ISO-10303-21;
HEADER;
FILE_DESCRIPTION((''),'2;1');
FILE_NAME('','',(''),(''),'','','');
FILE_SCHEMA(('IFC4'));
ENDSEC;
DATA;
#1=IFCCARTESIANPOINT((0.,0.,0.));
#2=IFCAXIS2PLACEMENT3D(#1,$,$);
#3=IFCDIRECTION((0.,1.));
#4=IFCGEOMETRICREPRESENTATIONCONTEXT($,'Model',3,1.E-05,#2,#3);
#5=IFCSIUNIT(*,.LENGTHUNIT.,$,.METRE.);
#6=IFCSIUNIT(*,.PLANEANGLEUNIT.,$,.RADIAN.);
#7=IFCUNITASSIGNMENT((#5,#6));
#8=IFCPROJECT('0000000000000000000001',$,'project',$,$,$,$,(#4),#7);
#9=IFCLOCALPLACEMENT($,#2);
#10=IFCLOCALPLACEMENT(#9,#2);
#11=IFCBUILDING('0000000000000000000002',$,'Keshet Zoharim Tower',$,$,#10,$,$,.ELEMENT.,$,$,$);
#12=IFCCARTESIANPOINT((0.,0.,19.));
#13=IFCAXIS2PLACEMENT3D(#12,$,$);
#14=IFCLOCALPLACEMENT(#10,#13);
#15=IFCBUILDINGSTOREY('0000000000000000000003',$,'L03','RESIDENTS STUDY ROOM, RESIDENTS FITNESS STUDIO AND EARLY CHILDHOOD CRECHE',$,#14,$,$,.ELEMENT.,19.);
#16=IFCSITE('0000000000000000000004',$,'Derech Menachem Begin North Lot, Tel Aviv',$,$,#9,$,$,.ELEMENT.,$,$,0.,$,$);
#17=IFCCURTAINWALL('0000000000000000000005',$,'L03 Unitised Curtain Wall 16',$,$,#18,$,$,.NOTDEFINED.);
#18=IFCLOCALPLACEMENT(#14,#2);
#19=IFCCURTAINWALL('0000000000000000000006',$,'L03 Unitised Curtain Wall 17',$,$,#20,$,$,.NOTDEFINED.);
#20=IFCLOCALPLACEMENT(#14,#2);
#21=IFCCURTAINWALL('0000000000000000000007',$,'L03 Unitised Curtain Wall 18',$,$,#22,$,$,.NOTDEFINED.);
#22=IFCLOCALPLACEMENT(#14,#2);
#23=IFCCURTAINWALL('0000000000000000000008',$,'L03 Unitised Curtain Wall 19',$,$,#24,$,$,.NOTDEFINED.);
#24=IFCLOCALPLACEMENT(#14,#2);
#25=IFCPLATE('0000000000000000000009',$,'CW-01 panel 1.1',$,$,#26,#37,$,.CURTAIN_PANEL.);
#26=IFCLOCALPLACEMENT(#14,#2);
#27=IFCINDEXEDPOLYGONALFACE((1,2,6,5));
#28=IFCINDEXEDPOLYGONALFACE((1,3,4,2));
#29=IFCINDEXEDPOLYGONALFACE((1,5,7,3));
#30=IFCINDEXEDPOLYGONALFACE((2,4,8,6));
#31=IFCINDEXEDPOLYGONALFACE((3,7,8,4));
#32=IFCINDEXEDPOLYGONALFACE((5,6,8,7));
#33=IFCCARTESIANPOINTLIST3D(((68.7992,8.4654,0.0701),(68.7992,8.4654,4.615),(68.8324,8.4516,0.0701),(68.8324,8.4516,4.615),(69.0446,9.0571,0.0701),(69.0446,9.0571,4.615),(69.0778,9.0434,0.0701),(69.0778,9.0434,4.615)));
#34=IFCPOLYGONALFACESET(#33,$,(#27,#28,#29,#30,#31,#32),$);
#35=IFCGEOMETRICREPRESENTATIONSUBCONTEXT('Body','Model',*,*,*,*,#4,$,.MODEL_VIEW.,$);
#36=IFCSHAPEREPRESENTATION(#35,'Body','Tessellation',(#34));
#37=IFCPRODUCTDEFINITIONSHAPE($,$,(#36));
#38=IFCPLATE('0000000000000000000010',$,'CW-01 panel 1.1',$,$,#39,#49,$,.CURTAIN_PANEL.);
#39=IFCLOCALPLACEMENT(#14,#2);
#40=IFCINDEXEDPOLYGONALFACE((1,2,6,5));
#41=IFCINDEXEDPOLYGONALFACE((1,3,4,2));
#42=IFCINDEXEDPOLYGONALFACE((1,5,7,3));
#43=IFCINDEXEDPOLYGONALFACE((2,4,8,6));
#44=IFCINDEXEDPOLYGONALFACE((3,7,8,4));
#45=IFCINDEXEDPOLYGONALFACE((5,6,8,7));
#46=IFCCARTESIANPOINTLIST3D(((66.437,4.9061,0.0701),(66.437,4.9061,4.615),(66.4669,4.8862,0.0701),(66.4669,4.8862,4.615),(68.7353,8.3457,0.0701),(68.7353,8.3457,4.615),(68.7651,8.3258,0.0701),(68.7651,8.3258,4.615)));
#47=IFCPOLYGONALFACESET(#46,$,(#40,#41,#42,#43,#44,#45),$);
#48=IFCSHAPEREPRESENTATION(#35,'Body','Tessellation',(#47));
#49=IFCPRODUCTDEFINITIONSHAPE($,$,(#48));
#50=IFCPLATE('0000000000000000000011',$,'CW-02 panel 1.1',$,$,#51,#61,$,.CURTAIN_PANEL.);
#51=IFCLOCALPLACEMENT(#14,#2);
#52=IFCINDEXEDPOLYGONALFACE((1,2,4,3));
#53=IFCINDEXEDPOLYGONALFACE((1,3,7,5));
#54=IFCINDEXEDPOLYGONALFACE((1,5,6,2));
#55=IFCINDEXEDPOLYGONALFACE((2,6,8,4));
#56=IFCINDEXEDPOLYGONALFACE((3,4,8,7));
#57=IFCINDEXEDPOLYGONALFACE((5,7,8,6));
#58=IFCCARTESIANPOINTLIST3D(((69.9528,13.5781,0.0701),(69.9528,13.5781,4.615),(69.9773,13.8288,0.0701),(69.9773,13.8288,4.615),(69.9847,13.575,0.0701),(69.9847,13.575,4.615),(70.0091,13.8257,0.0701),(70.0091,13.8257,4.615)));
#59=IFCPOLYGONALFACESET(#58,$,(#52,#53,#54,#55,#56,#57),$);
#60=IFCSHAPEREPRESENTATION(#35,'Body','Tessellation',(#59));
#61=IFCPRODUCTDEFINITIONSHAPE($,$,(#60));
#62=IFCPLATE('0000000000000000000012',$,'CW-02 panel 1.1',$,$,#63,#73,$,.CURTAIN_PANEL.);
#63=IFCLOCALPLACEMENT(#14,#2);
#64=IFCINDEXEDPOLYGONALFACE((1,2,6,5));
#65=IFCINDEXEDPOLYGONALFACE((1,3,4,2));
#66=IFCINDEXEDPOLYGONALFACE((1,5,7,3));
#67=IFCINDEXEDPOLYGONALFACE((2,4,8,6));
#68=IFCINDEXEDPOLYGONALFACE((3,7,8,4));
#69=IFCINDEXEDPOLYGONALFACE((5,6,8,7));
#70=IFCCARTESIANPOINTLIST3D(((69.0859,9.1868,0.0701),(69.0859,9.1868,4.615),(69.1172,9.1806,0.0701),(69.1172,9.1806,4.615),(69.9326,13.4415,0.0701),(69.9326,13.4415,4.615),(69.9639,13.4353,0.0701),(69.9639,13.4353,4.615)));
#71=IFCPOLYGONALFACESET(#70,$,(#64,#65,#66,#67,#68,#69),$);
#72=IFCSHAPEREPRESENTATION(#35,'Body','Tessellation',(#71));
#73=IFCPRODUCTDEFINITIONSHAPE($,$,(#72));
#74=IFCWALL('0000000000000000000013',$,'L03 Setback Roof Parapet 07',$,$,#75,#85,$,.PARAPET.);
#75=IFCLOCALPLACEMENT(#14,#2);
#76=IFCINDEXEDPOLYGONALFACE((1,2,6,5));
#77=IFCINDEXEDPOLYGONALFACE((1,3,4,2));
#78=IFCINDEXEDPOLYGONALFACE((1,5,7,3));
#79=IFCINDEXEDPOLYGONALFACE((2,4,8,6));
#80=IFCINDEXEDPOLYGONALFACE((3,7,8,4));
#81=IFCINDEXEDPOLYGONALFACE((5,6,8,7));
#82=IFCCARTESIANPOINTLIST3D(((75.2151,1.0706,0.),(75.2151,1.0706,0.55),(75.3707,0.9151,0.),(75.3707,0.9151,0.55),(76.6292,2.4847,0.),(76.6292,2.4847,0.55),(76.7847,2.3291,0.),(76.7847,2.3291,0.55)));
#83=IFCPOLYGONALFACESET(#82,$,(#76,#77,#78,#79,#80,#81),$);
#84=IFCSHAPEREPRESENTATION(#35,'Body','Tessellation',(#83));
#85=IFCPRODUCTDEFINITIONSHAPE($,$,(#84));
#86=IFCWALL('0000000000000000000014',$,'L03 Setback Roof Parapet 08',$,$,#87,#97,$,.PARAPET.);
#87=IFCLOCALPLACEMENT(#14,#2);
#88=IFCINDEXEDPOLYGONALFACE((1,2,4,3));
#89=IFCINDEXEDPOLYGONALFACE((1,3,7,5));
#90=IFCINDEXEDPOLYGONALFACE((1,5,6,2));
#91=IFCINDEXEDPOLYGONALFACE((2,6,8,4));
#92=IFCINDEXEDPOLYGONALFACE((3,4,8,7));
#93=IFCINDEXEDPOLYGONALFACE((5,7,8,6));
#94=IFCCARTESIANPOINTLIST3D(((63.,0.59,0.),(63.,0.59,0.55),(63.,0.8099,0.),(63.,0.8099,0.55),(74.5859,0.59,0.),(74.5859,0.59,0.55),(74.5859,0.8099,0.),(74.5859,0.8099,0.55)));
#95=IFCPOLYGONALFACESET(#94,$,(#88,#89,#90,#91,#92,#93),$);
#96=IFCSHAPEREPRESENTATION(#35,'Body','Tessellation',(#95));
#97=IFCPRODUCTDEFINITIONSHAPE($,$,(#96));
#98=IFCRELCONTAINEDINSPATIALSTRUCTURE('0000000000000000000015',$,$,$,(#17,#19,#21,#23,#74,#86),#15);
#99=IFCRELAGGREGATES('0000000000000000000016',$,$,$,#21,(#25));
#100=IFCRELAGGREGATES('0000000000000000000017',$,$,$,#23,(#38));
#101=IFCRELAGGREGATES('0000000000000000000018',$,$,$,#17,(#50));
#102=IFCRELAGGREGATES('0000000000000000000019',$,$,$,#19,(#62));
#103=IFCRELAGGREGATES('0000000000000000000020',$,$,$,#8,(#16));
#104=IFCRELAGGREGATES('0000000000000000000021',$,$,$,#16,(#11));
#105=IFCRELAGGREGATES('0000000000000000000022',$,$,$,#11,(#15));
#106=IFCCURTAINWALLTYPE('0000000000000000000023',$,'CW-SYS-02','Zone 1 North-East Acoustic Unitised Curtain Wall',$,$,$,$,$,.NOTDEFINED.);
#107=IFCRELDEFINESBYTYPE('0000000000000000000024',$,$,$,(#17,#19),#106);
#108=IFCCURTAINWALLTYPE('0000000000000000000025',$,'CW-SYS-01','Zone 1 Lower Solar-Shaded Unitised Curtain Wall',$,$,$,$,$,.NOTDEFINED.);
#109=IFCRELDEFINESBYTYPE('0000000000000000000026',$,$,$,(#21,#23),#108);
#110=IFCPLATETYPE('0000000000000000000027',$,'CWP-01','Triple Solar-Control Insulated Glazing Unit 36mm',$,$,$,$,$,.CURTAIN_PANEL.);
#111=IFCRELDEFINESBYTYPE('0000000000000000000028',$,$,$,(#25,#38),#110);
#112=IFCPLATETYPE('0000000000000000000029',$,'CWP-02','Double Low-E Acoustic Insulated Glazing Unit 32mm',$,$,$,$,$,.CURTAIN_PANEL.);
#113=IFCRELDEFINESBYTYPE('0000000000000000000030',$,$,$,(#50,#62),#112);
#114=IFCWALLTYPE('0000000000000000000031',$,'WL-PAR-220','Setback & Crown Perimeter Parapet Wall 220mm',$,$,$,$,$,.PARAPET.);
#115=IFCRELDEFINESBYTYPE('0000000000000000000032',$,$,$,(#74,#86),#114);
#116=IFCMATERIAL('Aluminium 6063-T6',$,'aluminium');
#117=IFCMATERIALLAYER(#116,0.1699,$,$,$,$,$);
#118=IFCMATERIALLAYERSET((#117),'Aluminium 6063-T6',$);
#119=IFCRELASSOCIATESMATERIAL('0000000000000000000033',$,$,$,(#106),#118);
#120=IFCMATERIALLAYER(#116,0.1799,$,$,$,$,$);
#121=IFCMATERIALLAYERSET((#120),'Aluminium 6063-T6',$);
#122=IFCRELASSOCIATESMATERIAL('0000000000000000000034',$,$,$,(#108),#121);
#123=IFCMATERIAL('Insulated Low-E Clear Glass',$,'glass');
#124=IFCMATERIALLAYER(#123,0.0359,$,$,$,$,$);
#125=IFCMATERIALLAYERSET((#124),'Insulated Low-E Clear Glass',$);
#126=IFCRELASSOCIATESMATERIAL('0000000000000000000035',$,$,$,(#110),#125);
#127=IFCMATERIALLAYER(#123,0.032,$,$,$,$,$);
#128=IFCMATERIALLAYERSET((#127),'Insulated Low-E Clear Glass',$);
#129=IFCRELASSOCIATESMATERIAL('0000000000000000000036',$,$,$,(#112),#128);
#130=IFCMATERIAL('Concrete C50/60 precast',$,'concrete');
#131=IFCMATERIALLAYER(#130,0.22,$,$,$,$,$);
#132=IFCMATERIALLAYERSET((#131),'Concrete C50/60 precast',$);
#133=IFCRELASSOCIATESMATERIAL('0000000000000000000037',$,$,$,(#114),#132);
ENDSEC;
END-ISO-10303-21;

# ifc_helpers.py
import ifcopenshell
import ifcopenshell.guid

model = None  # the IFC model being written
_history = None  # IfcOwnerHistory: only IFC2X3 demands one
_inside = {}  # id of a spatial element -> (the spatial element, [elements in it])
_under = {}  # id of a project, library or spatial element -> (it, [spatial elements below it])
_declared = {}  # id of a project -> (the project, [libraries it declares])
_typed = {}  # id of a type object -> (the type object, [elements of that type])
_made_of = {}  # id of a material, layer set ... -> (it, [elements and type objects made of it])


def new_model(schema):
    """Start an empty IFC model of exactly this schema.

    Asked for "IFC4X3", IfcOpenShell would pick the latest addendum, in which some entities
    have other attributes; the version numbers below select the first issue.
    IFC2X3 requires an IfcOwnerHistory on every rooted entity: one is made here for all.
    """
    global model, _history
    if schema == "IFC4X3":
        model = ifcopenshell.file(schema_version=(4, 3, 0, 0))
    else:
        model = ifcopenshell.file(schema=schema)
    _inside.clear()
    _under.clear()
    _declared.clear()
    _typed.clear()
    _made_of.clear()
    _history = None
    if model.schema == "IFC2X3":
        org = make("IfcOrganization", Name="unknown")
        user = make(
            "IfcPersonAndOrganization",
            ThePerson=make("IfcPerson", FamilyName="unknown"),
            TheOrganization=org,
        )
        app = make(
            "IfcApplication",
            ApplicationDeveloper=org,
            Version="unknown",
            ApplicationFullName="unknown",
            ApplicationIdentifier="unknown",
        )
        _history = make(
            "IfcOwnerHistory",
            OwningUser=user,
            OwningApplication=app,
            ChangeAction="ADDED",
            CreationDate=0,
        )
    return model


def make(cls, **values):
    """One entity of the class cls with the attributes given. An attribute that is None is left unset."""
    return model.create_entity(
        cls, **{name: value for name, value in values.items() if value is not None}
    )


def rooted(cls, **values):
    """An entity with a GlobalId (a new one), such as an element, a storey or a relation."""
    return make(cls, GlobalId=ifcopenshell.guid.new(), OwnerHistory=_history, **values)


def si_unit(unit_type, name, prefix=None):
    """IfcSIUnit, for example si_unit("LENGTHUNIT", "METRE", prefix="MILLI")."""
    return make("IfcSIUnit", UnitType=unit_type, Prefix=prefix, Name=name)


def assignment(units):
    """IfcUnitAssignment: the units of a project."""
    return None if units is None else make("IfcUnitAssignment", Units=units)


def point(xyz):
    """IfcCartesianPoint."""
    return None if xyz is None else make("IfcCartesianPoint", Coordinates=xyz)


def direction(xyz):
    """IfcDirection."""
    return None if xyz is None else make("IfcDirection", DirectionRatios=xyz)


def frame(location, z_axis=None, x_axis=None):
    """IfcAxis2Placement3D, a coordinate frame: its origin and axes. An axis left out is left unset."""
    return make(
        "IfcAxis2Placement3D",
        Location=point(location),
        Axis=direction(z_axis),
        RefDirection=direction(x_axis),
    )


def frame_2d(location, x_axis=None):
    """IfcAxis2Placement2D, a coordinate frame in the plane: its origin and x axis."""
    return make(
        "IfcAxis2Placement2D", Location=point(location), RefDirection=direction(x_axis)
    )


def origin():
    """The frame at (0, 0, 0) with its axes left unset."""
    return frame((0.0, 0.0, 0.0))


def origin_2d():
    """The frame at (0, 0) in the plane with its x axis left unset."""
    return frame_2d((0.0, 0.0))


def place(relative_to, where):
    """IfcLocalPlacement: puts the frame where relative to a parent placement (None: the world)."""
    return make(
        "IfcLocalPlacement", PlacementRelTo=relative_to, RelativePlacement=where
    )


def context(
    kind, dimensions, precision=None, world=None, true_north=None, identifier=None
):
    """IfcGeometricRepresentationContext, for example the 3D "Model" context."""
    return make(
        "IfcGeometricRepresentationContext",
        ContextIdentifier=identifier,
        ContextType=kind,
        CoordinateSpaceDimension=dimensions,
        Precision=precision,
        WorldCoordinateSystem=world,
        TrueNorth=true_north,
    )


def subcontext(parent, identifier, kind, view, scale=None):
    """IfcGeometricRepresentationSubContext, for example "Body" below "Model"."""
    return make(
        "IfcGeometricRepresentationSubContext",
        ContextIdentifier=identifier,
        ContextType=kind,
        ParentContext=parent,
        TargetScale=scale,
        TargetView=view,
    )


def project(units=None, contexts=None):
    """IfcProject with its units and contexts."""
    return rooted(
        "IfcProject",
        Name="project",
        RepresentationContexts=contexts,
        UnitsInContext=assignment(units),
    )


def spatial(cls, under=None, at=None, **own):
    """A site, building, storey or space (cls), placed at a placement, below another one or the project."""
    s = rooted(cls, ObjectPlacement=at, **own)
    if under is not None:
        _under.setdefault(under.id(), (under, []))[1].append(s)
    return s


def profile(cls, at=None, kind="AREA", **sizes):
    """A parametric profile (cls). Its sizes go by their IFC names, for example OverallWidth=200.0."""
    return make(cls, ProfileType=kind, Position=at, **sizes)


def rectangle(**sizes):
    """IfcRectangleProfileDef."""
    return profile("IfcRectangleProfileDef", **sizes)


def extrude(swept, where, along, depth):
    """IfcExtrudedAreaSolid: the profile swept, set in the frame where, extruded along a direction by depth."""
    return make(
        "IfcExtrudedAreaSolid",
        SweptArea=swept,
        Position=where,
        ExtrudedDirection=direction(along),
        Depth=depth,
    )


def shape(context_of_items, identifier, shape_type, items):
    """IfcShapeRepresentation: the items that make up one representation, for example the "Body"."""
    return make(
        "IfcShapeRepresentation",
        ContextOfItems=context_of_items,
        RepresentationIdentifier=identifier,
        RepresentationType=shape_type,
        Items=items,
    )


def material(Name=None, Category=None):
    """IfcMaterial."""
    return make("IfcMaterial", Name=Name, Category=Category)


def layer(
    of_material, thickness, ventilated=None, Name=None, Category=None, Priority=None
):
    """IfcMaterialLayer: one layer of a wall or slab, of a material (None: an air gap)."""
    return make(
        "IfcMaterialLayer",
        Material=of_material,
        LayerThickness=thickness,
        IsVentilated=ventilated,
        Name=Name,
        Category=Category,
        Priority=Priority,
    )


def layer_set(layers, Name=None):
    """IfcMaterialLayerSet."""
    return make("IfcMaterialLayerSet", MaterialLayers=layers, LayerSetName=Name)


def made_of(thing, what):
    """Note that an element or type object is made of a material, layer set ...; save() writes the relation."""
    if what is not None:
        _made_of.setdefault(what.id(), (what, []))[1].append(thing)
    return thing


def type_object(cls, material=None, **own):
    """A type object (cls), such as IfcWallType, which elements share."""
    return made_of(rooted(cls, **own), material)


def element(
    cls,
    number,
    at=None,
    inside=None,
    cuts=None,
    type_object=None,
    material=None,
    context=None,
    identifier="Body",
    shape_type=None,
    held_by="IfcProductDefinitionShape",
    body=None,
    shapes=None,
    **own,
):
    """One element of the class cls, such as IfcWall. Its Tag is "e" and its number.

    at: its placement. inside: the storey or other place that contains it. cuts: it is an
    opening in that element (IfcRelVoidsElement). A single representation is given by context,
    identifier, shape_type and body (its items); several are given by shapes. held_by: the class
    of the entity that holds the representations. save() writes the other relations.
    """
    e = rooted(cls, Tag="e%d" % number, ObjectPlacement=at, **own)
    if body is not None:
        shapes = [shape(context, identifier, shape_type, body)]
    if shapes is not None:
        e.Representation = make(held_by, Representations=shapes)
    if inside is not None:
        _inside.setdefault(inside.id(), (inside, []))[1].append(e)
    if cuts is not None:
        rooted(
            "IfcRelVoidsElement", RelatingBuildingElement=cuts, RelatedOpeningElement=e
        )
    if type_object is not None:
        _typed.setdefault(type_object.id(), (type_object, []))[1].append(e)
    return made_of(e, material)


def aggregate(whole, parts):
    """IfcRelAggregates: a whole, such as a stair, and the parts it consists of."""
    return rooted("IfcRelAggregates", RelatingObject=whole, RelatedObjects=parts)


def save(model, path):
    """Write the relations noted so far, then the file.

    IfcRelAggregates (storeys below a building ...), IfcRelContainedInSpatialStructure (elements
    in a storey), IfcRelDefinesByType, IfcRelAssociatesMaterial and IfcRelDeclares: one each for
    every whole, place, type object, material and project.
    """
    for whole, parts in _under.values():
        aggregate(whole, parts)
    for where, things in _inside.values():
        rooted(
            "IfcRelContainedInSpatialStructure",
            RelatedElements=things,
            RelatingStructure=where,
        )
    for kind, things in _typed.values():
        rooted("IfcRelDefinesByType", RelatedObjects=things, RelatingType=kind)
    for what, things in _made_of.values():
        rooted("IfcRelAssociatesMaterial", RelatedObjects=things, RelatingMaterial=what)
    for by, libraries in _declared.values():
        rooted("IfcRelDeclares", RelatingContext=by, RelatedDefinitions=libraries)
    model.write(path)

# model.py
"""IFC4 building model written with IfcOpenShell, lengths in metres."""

from ifc_helpers import new_model, si_unit, direction, frame, frame_2d, origin, origin_2d, place, context, subcontext, project, spatial, rectangle, extrude, material, layer, layer_set, type_object, element, aggregate, save


model = new_model("IFC4")

# Units and contexts
model_context = context("Model", 3, precision=1e-05, world=origin(), true_north=direction((0.0, 1.0)))
body_context = subcontext(model_context, "Body", "Model", "MODEL_VIEW")
ifc_project = project(units=[si_unit("LENGTHUNIT", "METRE"), si_unit("PLANEANGLEUNIT", "RADIAN")], contexts=[model_context])

# Site, building, storey
site_placement = place(None, origin())
site = spatial("IfcSite", under=ifc_project, at=site_placement, Name="Derech Menachem Begin North Lot, Tel Aviv", CompositionType="ELEMENT", RefElevation=0.0)
building_placement = place(site_placement, origin())
building = spatial("IfcBuilding", under=site, at=building_placement, Name="Keshet Zoharim Tower", CompositionType="ELEMENT")
storey_placement = place(building_placement, frame((0.0, 0.0, 19.0)))
storey = spatial("IfcBuildingStorey", under=building, at=storey_placement, Name="L03", Description="RESIDENTS STUDY ROOM, RESIDENTS FITNESS STUDIO AND EARLY CHILDHOOD CRECHE", CompositionType="ELEMENT", Elevation=19.0)

# Shared definitions
ifc_material_1 = material(Name="Aluminium 6063-T6", Category="aluminium")
ifc_layer_1 = layer(ifc_material_1, 0.1699)
ifc_layer_set_1 = layer_set([ifc_layer_1], Name="Aluminium 6063-T6")
curtain_wall_type_1 = type_object("IfcCurtainWallType", Name="CW-SYS-02", Description="Zone 1 North-East Acoustic Unitised Curtain Wall", PredefinedType="NOTDEFINED", material=ifc_layer_set_1)

# Curtain walls
curtain_wall_1_placement = place(storey_placement, origin())
curtain_wall_1 = element("IfcCurtainWall", 1, at=curtain_wall_1_placement, inside=storey, type_object=curtain_wall_type_1, Name="L03 Unitised Curtain Wall 16", PredefinedType="NOTDEFINED")
curtain_wall_2_placement = place(storey_placement, origin())
curtain_wall_2 = element("IfcCurtainWall", 2, at=curtain_wall_2_placement, inside=storey, type_object=curtain_wall_type_1, Name="L03 Unitised Curtain Wall 17", PredefinedType="NOTDEFINED")
ifc_layer_2 = layer(ifc_material_1, 0.1799)
ifc_layer_set_2 = layer_set([ifc_layer_2], Name="Aluminium 6063-T6")
curtain_wall_type_2 = type_object("IfcCurtainWallType", Name="CW-SYS-01", Description="Zone 1 Lower Solar-Shaded Unitised Curtain Wall", PredefinedType="NOTDEFINED", material=ifc_layer_set_2)
curtain_wall_3_placement = place(storey_placement, origin())
curtain_wall_3 = element("IfcCurtainWall", 3, at=curtain_wall_3_placement, inside=storey, type_object=curtain_wall_type_2, Name="L03 Unitised Curtain Wall 18", PredefinedType="NOTDEFINED")
curtain_wall_4_placement = place(storey_placement, origin())
curtain_wall_4 = element("IfcCurtainWall", 4, at=curtain_wall_4_placement, inside=storey, type_object=curtain_wall_type_2, Name="L03 Unitised Curtain Wall 19", PredefinedType="NOTDEFINED")

# Plates
ifc_material_2 = material(Name="Insulated Low-E Clear Glass", Category="glass")
ifc_layer_3 = layer(ifc_material_2, 0.0359)
ifc_layer_set_3 = layer_set([ifc_layer_3], Name="Insulated Low-E Clear Glass")
plate_type_1 = type_object("IfcPlateType", Name="CWP-01", Description="Triple Solar-Control Insulated Glazing Unit 36mm", PredefinedType="CURTAIN_PANEL", material=ifc_layer_set_3)
plate_1_placement = place(storey_placement, frame((68.9385, 8.7544, 0.0701), z_axis=(0.0, 0.0, 1.0), x_axis=(-0.383068, -0.92372, 0.0)))
plate_1 = element("IfcPlate", 5, at=plate_1_placement, type_object=plate_type_1, Name="CW-01 panel 1.1", PredefinedType="CURTAIN_PANEL", context=body_context, shape_type="SweptSolid", body=[
    extrude(rectangle(XDim=0.6406, YDim=0.0359, at=origin_2d()), origin(), (0.0, 0.0, 1.0), 4.5449),
])
aggregate(curtain_wall_3, [plate_1])
plate_2_placement = place(storey_placement, frame((67.6011, 6.616, 0.0701), z_axis=(0.0, 0.0, 1.0), x_axis=(-0.555563, -0.831474, 0.0)))
plate_2 = element("IfcPlate", 6, at=plate_2_placement, type_object=plate_type_1, Name="CW-01 panel 1.1", PredefinedType="CURTAIN_PANEL", context=body_context, shape_type="SweptSolid", body=[
    extrude(rectangle(XDim=4.1367, YDim=0.0359, at=origin_2d()), origin(), (0.0, 0.0, 1.0), 4.5449),
])
aggregate(curtain_wall_4, [plate_2])
ifc_layer_4 = layer(ifc_material_2, 0.032)
ifc_layer_set_4 = layer_set([ifc_layer_4], Name="Insulated Low-E Clear Glass")
plate_type_2 = type_object("IfcPlateType", Name="CWP-02", Description="Double Low-E Acoustic Insulated Glazing Unit 32mm", PredefinedType="CURTAIN_PANEL", material=ifc_layer_set_4)
plate_3_placement = place(storey_placement, frame((69.981, 13.7019, 0.0701), z_axis=(0.0, 0.0, 1.0), x_axis=(-0.096977, -0.995287, 0.0)))
plate_3 = element("IfcPlate", 7, at=plate_3_placement, type_object=plate_type_2, Name="CW-02 panel 1.1", PredefinedType="CURTAIN_PANEL", context=body_context, shape_type="SweptSolid", body=[
    extrude(rectangle(XDim=0.252, YDim=0.032, at=origin_2d()), origin(), (0.0, 0.0, 1.0), 4.5449),
])
aggregate(curtain_wall_1, [plate_3])
plate_4_placement = place(storey_placement, frame((69.5249, 11.311, 0.0701), z_axis=(0.0, 0.0, 1.0), x_axis=(-0.195171, -0.980769, 0.0)))
plate_4 = element("IfcPlate", 8, at=plate_4_placement, type_object=plate_type_2, Name="CW-02 panel 1.1", PredefinedType="CURTAIN_PANEL", context=body_context, shape_type="SweptSolid", body=[
    extrude(rectangle(XDim=4.3381, YDim=0.032, at=origin_2d()), origin(), (0.0, 0.0, 1.0), 4.5449),
])
aggregate(curtain_wall_2, [plate_4])

# Walls
ifc_material_3 = material(Name="Concrete C50/60 precast", Category="concrete")
ifc_layer_5 = layer(ifc_material_3, 0.22)
ifc_layer_set_5 = layer_set([ifc_layer_5], Name="Concrete C50/60 precast")
wall_type = type_object("IfcWallType", Name="WL-PAR-220", Description="Setback & Crown Perimeter Parapet Wall 220mm", PredefinedType="PARAPET", material=ifc_layer_set_5)
wall_1_placement = place(storey_placement, frame((76.707, 2.407, 0.0), z_axis=(0.0, 0.0, 1.0), x_axis=(-0.707107, -0.707107, 0.0)))
element("IfcWall", 9, at=wall_1_placement, inside=storey, type_object=wall_type, Name="L03 Setback Roof Parapet 07", PredefinedType="PARAPET", context=body_context, shape_type="SweptSolid", body=[
    extrude(rectangle(XDim=1.9998, YDim=0.22, at=frame_2d((1.0, 0.0))), origin(), (0.0, 0.0, 1.0), 0.55),
])
wall_2_placement = place(storey_placement, frame((74.5859, 0.7, 0.0), z_axis=(0.0, 0.0, 1.0), x_axis=(-1.0, 0.0, 0.0)))
element("IfcWall", 10, at=wall_2_placement, inside=storey, type_object=wall_type, Name="L03 Setback Roof Parapet 08", PredefinedType="PARAPET", context=body_context, shape_type="SweptSolid", body=[
    extrude(rectangle(XDim=11.5859, YDim=0.22, at=frame_2d((5.793, 0.0))), origin(), (0.0, 0.0, 1.0), 0.55),
])

save(model, "model.ifc")
